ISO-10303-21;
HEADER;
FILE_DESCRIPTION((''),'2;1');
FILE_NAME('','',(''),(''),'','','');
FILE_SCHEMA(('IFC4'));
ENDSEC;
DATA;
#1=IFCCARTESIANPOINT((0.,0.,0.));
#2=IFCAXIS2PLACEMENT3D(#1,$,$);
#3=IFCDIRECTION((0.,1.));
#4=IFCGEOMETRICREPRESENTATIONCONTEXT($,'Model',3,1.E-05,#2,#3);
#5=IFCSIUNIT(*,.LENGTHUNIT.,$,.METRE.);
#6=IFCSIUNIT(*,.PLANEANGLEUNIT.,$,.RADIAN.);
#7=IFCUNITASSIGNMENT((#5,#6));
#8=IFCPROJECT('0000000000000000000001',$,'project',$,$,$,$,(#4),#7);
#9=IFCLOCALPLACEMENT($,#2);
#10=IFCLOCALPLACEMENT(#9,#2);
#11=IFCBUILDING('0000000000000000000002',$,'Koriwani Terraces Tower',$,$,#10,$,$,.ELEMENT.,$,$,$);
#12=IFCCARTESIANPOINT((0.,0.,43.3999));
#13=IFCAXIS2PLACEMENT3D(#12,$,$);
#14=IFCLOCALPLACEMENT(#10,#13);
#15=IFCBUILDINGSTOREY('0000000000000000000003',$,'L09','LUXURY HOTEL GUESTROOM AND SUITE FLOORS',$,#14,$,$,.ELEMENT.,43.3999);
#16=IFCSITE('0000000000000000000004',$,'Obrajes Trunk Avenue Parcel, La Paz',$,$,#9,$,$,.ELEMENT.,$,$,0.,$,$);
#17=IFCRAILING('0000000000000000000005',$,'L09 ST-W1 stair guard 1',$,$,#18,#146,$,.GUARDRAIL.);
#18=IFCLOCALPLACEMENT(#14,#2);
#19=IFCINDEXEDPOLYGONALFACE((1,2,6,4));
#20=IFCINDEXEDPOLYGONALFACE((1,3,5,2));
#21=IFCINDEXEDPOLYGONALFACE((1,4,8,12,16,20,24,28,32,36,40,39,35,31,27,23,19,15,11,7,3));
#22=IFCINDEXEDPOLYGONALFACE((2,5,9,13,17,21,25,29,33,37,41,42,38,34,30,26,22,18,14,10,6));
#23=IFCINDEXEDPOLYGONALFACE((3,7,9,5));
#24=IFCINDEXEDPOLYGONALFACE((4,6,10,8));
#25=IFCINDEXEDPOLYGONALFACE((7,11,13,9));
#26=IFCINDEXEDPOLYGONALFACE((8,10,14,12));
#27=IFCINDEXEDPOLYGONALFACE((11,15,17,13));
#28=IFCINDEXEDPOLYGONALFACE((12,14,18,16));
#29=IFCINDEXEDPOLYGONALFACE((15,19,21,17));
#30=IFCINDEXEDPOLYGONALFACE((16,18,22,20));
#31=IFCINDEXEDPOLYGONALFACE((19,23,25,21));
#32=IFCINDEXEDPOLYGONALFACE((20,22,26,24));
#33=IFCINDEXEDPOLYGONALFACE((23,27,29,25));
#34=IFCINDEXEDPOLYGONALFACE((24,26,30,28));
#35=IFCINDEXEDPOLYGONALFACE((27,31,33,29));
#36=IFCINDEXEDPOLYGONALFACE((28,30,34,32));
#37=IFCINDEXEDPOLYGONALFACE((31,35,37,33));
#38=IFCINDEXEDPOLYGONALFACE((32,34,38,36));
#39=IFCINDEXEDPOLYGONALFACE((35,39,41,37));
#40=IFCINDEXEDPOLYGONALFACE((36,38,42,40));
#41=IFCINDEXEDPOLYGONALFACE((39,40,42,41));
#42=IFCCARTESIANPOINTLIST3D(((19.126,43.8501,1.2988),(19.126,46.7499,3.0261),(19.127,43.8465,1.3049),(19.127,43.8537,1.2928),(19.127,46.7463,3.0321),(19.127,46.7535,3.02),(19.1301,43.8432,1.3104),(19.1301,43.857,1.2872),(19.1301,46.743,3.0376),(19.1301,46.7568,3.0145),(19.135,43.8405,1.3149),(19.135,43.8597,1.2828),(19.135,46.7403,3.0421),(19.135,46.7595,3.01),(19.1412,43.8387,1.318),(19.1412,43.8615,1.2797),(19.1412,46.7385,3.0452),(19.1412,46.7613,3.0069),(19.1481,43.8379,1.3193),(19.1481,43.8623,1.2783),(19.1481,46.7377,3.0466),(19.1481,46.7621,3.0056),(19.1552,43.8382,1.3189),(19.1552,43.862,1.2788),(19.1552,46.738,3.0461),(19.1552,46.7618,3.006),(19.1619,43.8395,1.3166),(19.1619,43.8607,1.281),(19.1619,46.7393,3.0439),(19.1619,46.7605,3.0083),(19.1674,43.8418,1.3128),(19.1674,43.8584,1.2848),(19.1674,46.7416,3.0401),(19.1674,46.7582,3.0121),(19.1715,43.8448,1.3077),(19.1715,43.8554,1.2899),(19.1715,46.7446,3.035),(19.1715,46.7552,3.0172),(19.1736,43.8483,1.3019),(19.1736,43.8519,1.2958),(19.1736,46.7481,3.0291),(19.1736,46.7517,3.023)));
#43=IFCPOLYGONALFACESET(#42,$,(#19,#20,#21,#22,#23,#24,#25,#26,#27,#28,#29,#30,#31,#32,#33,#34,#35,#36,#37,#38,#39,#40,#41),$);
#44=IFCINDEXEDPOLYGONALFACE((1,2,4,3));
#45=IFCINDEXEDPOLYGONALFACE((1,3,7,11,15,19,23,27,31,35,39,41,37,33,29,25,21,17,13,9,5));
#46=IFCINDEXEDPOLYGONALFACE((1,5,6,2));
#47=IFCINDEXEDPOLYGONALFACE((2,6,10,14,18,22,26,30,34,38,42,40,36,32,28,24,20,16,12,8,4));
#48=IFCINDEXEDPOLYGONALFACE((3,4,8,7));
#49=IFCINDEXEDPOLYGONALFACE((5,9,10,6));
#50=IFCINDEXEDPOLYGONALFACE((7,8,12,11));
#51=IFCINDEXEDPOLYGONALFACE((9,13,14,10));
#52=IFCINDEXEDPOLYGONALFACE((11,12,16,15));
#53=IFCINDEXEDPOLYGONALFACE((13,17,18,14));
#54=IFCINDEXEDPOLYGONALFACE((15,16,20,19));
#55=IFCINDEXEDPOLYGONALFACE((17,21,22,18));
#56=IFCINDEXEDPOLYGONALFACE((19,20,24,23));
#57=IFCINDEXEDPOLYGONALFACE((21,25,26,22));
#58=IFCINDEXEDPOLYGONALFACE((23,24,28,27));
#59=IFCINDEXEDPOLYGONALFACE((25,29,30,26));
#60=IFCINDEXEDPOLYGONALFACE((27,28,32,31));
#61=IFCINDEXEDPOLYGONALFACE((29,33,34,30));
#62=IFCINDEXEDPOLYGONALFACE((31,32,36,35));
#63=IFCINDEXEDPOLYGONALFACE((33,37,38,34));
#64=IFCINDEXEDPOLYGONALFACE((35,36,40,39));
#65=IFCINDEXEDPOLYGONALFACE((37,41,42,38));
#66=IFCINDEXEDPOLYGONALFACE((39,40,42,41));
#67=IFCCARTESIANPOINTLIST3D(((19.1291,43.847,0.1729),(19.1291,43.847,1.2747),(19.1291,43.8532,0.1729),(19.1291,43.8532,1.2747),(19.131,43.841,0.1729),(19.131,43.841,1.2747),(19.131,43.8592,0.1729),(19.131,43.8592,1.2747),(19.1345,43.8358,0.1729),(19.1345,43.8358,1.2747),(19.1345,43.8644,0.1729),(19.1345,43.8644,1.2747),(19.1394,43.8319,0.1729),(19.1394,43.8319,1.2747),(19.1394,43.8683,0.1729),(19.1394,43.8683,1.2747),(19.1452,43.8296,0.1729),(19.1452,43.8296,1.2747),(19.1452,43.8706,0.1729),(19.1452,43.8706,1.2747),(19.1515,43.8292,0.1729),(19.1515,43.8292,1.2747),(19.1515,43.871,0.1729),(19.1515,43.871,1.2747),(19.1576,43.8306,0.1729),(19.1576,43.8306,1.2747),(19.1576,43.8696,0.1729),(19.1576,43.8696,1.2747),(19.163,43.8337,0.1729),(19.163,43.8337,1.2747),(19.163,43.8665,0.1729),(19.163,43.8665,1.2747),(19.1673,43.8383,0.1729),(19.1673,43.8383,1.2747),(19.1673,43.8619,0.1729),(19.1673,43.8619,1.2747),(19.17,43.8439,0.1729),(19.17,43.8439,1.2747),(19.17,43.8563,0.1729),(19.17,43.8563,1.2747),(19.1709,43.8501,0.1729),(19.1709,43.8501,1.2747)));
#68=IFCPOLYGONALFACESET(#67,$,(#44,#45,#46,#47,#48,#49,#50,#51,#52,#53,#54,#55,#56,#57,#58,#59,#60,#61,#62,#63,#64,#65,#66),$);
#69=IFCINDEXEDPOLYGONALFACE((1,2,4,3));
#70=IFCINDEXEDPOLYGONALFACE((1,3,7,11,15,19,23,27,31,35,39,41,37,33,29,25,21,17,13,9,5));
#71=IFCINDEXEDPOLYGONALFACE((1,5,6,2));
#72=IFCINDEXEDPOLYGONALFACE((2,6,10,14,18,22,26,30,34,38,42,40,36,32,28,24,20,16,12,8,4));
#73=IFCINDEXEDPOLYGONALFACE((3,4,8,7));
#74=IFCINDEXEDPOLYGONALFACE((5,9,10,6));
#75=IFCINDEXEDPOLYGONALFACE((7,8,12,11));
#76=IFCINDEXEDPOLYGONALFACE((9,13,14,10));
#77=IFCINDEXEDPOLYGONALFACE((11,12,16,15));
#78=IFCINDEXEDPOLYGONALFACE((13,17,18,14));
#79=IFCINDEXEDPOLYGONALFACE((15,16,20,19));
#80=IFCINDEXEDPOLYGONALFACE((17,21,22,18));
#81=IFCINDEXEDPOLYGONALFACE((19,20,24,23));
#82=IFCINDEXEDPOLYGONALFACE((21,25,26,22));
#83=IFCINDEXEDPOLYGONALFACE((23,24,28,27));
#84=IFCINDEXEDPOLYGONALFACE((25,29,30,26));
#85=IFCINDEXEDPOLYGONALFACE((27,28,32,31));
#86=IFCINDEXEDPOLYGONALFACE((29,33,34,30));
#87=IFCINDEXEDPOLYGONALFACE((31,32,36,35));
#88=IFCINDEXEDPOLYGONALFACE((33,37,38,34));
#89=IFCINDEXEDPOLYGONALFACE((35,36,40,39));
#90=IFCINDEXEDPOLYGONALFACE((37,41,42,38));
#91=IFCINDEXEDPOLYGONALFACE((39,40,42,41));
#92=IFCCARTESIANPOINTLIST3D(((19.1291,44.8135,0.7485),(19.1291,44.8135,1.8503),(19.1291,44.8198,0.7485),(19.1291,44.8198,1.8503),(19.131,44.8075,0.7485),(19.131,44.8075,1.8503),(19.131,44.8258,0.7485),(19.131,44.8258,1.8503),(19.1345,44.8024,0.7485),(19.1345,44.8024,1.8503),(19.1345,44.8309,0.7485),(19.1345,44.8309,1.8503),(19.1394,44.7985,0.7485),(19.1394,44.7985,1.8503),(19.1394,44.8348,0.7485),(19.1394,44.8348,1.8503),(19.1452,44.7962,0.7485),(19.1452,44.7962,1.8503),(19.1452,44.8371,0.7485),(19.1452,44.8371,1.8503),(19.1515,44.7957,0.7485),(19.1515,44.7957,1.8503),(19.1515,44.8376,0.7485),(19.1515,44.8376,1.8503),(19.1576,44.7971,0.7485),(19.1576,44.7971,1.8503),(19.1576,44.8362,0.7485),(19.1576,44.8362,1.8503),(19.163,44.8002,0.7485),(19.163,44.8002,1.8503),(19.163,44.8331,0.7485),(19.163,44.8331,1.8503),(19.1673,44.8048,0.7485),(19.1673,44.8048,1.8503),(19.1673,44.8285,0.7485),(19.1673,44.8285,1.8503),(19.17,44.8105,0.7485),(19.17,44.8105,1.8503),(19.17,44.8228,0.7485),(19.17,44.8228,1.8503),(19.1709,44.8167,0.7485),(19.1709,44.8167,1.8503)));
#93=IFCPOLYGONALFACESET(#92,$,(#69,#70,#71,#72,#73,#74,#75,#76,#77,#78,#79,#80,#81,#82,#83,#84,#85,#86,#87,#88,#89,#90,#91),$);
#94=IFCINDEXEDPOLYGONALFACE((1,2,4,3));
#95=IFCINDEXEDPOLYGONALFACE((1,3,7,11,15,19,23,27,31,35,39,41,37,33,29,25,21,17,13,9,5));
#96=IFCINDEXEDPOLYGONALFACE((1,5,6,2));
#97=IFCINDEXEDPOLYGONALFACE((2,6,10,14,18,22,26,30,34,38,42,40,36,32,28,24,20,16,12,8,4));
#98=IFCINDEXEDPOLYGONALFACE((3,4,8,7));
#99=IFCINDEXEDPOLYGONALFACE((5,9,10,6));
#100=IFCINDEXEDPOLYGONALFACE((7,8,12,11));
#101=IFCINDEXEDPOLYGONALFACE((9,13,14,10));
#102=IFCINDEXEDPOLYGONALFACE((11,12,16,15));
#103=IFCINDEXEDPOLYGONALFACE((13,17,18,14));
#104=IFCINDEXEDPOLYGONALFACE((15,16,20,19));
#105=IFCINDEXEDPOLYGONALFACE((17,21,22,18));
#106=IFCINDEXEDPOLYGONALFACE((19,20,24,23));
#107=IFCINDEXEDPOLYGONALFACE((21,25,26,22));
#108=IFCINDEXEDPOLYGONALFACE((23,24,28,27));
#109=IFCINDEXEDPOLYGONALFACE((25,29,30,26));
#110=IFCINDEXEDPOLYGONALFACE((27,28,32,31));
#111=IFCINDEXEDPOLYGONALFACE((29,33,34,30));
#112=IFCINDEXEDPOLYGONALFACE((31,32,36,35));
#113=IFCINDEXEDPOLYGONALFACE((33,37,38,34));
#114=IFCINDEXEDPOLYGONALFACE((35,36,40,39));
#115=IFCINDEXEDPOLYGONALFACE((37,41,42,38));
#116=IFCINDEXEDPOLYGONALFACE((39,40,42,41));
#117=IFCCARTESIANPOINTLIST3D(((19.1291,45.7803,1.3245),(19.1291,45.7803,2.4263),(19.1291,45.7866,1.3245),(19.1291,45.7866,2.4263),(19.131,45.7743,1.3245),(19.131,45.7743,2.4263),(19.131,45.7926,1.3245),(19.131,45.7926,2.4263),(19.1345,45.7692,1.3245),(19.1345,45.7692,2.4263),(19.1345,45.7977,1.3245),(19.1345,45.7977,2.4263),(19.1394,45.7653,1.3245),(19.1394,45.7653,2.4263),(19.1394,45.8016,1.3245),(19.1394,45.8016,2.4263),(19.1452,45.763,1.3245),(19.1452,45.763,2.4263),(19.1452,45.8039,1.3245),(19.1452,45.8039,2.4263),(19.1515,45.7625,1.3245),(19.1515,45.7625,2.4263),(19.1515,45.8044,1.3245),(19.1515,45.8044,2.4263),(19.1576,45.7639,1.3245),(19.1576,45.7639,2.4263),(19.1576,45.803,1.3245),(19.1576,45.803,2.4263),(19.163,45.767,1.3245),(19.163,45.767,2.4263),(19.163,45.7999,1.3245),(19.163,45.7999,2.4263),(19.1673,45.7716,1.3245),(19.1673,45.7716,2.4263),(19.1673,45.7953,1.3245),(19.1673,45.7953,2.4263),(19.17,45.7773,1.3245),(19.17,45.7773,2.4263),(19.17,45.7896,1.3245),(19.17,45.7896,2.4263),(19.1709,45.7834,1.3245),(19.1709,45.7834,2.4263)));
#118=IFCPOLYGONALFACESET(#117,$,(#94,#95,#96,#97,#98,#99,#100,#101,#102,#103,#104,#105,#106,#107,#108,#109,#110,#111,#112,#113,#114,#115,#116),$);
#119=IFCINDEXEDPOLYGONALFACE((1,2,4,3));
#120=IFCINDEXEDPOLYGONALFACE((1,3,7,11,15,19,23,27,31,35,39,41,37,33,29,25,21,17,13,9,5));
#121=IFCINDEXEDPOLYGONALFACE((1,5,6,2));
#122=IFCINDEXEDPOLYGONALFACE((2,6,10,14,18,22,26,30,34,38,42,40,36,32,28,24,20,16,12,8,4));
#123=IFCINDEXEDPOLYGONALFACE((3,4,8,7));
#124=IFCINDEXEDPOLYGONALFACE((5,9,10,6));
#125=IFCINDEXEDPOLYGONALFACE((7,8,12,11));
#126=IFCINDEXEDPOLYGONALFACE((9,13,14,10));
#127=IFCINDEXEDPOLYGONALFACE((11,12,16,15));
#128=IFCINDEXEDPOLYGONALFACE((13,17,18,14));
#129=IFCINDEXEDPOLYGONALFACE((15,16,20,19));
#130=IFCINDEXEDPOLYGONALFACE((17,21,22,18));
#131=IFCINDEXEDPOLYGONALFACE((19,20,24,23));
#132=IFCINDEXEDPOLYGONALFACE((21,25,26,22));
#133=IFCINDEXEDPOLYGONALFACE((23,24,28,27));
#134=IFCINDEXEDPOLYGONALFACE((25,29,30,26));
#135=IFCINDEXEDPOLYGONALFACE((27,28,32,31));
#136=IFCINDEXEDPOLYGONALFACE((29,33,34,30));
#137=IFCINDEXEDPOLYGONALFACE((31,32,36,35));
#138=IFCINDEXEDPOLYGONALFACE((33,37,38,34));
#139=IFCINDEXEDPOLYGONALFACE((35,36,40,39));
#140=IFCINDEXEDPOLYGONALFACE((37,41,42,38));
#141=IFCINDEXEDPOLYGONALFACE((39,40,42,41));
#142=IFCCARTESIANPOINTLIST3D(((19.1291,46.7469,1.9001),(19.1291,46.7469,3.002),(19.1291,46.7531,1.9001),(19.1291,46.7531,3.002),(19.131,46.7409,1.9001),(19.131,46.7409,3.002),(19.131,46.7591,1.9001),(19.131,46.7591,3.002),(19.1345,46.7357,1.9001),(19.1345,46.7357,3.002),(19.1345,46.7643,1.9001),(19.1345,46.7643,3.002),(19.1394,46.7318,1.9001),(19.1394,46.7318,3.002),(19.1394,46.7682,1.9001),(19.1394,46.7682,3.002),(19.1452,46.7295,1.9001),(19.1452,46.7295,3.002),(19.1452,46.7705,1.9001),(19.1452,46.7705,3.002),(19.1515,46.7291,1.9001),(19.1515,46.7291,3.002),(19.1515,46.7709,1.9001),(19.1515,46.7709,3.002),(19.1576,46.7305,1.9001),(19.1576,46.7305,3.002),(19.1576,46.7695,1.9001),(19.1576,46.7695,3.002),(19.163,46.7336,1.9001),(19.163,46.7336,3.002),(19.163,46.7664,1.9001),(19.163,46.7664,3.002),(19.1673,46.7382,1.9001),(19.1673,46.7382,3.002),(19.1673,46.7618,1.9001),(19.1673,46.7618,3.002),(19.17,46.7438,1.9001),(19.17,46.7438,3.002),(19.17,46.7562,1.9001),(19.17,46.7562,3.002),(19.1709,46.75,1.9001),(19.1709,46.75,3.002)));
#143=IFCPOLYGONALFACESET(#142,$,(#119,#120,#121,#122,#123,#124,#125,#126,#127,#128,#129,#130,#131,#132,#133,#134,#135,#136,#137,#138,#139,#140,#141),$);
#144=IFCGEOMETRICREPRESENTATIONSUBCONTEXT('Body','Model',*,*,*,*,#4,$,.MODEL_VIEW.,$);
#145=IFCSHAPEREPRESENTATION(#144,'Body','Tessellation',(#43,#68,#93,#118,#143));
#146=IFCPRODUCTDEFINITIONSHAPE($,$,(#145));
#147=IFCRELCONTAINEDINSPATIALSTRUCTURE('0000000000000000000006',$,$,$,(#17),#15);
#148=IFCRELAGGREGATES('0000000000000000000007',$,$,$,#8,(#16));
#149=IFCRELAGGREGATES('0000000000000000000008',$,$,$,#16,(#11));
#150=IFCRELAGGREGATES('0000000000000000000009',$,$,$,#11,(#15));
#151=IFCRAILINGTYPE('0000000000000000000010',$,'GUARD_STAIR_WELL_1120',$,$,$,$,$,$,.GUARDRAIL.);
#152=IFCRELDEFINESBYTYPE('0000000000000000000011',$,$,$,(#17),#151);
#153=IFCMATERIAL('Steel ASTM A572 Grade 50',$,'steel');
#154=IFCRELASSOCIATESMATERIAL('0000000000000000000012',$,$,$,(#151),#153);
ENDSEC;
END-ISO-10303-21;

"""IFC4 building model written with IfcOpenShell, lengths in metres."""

from ifc_helpers import new_model, si_unit, direction, frame, origin, origin_2d, place, context, subcontext, project, spatial, circle, extrude, material, type_object, element, save


model = new_model("IFC4")

# Units and contexts
model_context = context("Model", 3, precision=1e-05, world=origin(), true_north=direction((0.0, 1.0)))
body_context = subcontext(model_context, "Body", "Model", "MODEL_VIEW")
ifc_project = project(units=[si_unit("LENGTHUNIT", "METRE"), si_unit("PLANEANGLEUNIT", "RADIAN")], contexts=[model_context])

# Site, building, storey
site_placement = place(None, origin())
site = spatial("IfcSite", under=ifc_project, at=site_placement, Name="Obrajes Trunk Avenue Parcel, La Paz", CompositionType="ELEMENT", RefElevation=0.0)
building_placement = place(site_placement, origin())
building = spatial("IfcBuilding", under=site, at=building_placement, Name="Koriwani Terraces Tower", CompositionType="ELEMENT")
storey_placement = place(building_placement, frame((0.0, 0.0, 43.3999)))
storey = spatial("IfcBuildingStorey", under=building, at=storey_placement, Name="L09", Description="LUXURY HOTEL GUESTROOM AND SUITE FLOORS", CompositionType="ELEMENT", Elevation=43.3999)

# Shared definitions
ifc_material_1 = material(Name="Steel ASTM A572 Grade 50", Category="steel")

# Railing
railing_type_1 = type_object("IfcRailingType", Name="GUARD_STAIR_WELL_1120", PredefinedType="GUARDRAIL", material=ifc_material_1)
railing_1_placement = place(storey_placement, frame((19.1499, 43.8501, 0.1729)))
element("IfcRailing", 1, at=railing_1_placement, inside=storey, type_object=railing_type_1, Name="L09 ST-W1 stair guard 1", PredefinedType="GUARDRAIL", context=body_context, shape_type="SweptSolid", body=[
    extrude(circle(Radius=0.0239, at=origin_2d()), frame((0.0, 0.0, 1.126), z_axis=(0.0, 0.859141, 0.511738), x_axis=(-1.0, 0.0, 0.0)), (0.0, 0.0, 1.0), 3.3752),
    extrude(circle(Radius=0.021, at=origin_2d()), origin(), (0.0, 0.0, 1.0), 1.1018),
    extrude(circle(Radius=0.021, at=origin_2d()), frame((0.0, 0.9666, 0.5757)), (0.0, 0.0, 1.0), 1.1018),
    extrude(circle(Radius=0.021, at=origin_2d()), frame((0.0, 1.9333, 1.1516)), (0.0, 0.0, 1.0), 1.1018),
    extrude(circle(Radius=0.021, at=origin_2d()), frame((0.0, 2.8999, 1.7273)), (0.0, 0.0, 1.0), 1.1018),
])

save(model, "model.ifc")
